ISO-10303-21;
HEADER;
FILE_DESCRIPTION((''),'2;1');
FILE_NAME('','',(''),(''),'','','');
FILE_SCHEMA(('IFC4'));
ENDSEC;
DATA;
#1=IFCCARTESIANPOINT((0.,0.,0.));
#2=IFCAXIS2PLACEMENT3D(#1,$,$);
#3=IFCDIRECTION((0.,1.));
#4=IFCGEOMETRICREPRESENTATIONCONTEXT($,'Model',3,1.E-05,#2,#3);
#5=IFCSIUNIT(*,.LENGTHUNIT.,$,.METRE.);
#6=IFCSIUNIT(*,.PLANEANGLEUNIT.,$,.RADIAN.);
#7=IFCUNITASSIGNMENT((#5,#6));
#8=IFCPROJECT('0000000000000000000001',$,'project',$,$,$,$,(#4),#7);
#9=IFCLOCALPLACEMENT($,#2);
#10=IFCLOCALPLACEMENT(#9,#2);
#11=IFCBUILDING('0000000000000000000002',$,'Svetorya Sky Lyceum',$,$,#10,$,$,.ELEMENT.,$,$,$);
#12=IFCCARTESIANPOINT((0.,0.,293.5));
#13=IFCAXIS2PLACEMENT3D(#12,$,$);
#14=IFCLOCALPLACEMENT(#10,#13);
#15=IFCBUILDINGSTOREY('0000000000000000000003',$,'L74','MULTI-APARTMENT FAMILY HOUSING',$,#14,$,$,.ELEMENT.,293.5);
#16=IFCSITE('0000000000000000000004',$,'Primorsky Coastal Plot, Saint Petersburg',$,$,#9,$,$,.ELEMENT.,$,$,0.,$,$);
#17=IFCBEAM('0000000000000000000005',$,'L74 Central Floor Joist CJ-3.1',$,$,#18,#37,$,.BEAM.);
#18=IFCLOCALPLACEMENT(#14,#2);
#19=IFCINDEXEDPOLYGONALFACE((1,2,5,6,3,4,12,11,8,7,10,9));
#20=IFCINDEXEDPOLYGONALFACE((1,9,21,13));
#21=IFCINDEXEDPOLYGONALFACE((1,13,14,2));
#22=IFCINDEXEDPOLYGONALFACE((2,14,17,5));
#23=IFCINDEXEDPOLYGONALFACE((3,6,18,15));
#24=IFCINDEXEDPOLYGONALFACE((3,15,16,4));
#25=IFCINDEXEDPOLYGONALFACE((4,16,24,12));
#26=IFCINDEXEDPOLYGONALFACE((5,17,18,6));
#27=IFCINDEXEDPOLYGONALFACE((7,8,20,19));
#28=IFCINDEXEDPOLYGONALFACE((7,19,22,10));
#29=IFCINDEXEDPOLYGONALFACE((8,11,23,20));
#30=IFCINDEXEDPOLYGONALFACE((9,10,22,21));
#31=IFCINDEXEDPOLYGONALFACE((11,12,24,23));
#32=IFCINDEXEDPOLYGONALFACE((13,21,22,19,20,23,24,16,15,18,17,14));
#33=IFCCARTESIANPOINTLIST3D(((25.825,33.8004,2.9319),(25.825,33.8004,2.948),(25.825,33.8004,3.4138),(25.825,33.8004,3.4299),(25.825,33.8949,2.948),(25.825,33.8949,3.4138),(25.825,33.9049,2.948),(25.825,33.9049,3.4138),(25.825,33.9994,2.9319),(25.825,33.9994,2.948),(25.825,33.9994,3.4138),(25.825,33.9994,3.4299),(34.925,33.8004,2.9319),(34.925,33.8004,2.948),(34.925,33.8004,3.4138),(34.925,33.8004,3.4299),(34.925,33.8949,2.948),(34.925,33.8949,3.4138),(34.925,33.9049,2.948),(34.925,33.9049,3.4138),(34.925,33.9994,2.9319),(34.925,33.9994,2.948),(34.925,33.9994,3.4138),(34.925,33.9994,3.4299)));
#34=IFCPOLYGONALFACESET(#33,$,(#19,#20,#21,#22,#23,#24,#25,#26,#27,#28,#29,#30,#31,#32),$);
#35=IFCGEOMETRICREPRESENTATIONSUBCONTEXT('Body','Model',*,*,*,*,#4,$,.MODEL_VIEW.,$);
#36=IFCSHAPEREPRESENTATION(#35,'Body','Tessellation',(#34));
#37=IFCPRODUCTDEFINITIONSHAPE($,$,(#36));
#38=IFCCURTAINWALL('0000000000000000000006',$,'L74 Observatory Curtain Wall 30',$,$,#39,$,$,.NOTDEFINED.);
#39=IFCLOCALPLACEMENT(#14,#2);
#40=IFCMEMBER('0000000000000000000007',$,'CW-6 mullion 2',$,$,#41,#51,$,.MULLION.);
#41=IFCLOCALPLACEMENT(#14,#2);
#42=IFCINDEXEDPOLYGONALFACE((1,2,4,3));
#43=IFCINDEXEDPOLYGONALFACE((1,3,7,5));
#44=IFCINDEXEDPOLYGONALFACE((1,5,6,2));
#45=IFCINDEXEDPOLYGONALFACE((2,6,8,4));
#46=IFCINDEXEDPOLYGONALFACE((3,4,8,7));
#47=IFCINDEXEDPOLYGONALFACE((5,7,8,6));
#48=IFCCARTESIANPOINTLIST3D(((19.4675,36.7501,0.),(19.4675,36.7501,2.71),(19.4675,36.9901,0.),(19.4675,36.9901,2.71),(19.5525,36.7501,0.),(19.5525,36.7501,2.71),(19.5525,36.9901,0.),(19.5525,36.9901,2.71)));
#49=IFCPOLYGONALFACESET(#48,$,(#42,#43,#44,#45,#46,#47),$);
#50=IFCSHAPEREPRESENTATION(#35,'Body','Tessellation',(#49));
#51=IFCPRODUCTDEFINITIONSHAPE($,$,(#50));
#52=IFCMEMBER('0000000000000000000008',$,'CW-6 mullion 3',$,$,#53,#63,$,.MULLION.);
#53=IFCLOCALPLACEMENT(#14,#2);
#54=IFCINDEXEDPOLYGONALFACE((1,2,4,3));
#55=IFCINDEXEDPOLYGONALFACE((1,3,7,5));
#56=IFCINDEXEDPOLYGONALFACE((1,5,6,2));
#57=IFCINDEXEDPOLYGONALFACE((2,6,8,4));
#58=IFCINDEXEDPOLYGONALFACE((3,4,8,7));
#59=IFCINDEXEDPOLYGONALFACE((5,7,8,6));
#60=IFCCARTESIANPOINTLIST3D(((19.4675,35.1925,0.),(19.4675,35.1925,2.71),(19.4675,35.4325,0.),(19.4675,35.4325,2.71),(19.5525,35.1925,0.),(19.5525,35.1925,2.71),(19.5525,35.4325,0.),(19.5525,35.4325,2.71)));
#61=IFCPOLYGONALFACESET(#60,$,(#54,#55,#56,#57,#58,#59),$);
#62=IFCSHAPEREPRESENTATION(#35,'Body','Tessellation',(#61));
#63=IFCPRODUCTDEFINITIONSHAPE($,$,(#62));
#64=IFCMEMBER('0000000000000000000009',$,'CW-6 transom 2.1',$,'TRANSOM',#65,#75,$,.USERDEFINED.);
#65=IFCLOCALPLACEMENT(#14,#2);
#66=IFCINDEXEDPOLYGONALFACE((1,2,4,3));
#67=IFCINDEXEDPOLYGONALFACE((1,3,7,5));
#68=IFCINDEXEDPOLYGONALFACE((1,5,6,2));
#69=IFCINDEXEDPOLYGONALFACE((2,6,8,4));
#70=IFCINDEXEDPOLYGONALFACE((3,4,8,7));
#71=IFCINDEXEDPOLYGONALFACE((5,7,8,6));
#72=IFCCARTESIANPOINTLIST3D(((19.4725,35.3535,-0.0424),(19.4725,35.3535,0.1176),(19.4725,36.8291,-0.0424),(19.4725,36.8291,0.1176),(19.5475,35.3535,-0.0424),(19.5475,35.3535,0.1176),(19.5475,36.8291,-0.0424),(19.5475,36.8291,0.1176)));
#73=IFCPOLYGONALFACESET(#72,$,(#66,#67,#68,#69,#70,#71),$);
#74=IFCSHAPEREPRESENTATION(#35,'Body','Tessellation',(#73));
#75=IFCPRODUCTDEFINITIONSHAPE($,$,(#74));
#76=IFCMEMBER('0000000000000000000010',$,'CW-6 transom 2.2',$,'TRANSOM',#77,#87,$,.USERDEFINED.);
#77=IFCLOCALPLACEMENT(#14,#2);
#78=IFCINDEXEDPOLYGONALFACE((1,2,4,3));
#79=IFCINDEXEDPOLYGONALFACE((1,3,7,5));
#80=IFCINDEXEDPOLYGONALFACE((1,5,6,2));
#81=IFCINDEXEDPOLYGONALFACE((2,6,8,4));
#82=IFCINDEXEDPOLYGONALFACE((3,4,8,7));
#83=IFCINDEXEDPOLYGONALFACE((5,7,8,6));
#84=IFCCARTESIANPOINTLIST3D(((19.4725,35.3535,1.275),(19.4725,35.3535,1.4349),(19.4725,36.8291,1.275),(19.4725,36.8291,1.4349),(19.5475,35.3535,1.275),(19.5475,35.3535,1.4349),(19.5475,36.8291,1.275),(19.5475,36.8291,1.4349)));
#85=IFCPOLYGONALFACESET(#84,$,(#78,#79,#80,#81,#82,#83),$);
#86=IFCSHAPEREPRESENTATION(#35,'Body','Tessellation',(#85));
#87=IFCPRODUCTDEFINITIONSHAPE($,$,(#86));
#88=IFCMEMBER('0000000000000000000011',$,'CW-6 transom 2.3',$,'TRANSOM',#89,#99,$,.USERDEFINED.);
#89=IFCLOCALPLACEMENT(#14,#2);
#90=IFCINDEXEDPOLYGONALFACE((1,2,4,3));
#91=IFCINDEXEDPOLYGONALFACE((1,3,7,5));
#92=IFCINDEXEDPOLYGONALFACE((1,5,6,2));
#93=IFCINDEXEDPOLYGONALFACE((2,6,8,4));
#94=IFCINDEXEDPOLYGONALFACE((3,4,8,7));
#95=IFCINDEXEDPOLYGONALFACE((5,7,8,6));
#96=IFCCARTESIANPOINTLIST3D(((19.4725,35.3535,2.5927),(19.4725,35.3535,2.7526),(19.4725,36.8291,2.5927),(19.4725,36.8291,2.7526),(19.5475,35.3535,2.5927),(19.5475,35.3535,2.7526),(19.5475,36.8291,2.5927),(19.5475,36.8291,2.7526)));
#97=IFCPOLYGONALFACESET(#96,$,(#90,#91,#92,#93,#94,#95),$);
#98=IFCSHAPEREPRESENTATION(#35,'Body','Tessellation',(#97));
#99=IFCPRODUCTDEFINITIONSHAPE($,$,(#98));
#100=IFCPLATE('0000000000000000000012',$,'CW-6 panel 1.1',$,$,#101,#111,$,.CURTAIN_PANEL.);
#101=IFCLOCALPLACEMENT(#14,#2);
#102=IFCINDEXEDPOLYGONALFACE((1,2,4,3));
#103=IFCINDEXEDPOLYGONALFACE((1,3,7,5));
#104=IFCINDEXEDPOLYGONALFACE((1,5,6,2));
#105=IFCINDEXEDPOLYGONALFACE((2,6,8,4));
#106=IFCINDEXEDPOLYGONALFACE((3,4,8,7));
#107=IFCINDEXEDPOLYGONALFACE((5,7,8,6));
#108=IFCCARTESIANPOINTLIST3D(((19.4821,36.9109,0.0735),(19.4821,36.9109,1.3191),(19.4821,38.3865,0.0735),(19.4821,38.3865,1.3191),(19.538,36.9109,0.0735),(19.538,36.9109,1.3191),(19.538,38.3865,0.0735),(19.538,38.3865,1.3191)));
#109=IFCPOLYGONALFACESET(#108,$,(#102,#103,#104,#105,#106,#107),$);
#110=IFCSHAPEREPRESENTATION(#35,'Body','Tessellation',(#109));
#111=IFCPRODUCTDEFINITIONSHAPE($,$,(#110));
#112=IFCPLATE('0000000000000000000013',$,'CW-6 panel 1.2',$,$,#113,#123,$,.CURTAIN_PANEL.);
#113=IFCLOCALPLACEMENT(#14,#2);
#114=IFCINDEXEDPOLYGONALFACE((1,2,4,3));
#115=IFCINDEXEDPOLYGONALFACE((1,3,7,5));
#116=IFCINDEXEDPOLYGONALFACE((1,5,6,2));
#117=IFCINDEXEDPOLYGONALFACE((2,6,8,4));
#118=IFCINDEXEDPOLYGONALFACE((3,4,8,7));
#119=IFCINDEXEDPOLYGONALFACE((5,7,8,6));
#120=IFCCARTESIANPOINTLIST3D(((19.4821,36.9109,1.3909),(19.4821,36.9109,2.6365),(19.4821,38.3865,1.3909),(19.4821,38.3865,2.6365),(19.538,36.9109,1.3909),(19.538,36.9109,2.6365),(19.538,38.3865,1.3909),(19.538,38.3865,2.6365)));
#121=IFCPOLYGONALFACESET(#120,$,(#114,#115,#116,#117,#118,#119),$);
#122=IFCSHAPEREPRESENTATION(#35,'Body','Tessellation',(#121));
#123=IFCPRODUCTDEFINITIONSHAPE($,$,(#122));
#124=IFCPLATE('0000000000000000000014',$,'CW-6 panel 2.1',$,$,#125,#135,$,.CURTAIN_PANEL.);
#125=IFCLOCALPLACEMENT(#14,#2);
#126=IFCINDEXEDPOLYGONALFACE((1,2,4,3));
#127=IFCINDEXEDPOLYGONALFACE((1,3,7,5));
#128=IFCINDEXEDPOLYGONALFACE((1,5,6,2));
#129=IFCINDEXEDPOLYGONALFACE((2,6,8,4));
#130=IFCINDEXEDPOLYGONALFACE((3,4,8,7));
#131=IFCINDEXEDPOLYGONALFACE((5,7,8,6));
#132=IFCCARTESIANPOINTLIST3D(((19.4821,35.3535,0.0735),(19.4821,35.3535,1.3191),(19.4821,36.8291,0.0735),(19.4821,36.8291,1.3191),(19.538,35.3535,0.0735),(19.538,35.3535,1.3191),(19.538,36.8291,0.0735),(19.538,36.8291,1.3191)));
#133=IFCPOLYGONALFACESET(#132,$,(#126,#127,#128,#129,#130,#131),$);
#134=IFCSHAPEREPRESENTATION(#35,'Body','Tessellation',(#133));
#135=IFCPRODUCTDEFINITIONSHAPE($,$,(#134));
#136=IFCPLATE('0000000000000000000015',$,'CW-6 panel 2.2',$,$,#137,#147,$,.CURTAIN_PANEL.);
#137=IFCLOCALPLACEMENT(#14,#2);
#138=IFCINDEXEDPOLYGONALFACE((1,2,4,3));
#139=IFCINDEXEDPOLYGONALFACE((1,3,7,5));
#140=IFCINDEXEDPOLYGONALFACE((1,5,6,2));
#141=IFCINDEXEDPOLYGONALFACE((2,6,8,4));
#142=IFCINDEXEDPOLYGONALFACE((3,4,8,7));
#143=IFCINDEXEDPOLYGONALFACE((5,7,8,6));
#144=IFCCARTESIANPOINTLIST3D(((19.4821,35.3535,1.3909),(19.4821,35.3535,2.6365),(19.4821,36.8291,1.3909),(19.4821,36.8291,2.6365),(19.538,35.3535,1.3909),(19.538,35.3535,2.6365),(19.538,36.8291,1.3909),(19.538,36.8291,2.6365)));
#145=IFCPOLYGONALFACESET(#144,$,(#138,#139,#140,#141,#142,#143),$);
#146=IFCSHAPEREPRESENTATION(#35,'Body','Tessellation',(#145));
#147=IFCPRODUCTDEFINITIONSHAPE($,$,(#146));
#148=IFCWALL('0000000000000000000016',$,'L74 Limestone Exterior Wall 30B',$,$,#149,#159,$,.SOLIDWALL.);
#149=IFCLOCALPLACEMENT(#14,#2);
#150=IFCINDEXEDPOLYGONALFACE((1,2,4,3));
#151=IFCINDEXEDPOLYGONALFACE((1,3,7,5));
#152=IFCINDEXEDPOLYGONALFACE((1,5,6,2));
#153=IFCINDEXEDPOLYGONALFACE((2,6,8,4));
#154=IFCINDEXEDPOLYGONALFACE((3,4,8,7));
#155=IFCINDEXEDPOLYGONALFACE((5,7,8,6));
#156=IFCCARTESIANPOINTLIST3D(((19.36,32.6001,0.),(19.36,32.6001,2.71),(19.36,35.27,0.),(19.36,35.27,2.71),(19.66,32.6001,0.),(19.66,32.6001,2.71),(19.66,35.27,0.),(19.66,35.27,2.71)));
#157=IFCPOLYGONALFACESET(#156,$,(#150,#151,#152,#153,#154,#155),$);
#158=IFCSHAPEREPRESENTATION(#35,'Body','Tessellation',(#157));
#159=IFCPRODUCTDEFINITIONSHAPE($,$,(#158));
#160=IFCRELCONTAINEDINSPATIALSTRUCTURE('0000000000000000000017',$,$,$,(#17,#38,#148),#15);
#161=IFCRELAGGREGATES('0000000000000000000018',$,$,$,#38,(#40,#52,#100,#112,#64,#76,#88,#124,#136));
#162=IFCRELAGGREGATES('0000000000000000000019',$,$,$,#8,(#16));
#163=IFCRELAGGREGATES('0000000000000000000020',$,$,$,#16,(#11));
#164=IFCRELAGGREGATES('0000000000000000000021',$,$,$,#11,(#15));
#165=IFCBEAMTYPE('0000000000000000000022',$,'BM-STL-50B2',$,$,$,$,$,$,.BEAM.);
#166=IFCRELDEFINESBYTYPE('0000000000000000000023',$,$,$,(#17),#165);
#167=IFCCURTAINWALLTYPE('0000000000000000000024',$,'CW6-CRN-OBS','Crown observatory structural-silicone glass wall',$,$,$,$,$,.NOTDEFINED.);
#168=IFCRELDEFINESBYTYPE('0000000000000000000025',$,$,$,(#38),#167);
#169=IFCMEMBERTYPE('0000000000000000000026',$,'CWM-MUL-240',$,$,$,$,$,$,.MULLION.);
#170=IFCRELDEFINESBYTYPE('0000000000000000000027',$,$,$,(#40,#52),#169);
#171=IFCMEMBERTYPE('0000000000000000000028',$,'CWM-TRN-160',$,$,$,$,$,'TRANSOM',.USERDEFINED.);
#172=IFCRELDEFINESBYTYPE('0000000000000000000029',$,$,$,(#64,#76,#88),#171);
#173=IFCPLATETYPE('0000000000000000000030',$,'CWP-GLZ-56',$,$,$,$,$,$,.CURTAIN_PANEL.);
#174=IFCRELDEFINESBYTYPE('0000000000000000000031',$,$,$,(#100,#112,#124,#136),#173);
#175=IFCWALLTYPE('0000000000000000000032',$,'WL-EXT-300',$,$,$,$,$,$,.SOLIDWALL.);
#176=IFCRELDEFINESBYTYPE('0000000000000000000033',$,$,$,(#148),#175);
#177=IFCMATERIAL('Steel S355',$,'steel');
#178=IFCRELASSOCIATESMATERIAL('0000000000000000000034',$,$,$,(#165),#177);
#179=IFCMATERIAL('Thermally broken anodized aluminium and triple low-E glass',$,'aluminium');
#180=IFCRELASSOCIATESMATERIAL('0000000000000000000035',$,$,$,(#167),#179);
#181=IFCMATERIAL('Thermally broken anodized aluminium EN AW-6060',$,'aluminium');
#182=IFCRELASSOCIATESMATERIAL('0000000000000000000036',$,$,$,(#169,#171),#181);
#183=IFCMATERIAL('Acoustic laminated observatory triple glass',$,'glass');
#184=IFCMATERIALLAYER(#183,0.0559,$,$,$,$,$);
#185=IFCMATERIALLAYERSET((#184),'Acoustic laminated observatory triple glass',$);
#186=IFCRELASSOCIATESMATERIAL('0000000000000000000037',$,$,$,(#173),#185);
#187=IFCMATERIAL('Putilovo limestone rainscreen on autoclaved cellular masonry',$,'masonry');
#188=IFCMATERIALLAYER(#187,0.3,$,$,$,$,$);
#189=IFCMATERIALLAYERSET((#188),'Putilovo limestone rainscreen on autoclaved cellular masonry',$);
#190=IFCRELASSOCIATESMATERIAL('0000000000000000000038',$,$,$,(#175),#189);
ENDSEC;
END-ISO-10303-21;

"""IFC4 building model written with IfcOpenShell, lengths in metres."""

from ifc_helpers import new_model, si_unit, direction, frame, frame_2d, origin, origin_2d, place, context, subcontext, project, spatial, rectangle, i_section, extrude, material, layer, layer_set, material_profile, profile_set, type_object, element, aggregate, save


model = new_model("IFC4")

# Units and contexts
model_context = context("Model", 3, precision=1e-05, world=origin(), true_north=direction((0.0, 1.0)))
body_context = subcontext(model_context, "Body", "Model", "MODEL_VIEW")
ifc_project = project(units=[si_unit("LENGTHUNIT", "METRE"), si_unit("PLANEANGLEUNIT", "RADIAN")], contexts=[model_context])

# Site, building, storey
site_placement = place(None, origin())
site = spatial("IfcSite", under=ifc_project, at=site_placement, Name="Primorsky Coastal Plot, Saint Petersburg", CompositionType="ELEMENT", RefElevation=0.0)
building_placement = place(site_placement, origin())
building = spatial("IfcBuilding", under=site, at=building_placement, Name="Svetorya Sky Lyceum", CompositionType="ELEMENT")
storey_placement = place(building_placement, frame((0.0, 0.0, 293.5)))
storey = spatial("IfcBuildingStorey", under=building, at=storey_placement, Name="L74", Description="MULTI-APARTMENT FAMILY HOUSING", CompositionType="ELEMENT", Elevation=293.5)

# Beam
ifc_material_1 = material(Name="Steel S355", Category="steel")
ifc_material_profile_1 = material_profile(ifc_material_1, i_section(OverallWidth=0.199, OverallDepth=0.498, WebThickness=0.01, FlangeThickness=0.0161, at=origin_2d()), Name="GOST 50B2")
ifc_profile_set_1 = profile_set([ifc_material_profile_1], Name="Steel S355")
beam_type = type_object("IfcBeamType", Name="BM-STL-50B2", PredefinedType="BEAM", material=ifc_profile_set_1)
beam_placement = place(storey_placement, frame((25.825, 33.8999, 3.1809), z_axis=(1.0, 0.0, 0.0), x_axis=(0.0, 1.0, 0.0)))
element("IfcBeam", 1, at=beam_placement, inside=storey, type_object=beam_type, Name="L74 Central Floor Joist CJ-3.1", PredefinedType="BEAM", context=body_context, shape_type="SweptSolid", body=[
    extrude(i_section(OverallWidth=0.199, OverallDepth=0.498, WebThickness=0.01, FlangeThickness=0.0161, at=origin_2d()), origin(), (0.0, 0.0, 1.0), 9.1001),
])

# Curtain wall, members, plates
ifc_material_2 = material(Name="Thermally broken anodized aluminium and triple low-E glass", Category="aluminium")
curtain_wall_type = type_object("IfcCurtainWallType", Name="CW6-CRN-OBS", Description="Crown observatory structural-silicone glass wall", PredefinedType="NOTDEFINED", material=ifc_material_2)
curtain_wall_placement = place(storey_placement, origin())
curtain_wall = element("IfcCurtainWall", 2, at=curtain_wall_placement, inside=storey, type_object=curtain_wall_type, Name="L74 Observatory Curtain Wall 30", PredefinedType="NOTDEFINED")
ifc_material_3 = material(Name="Thermally broken anodized aluminium EN AW-6060", Category="aluminium")
ifc_material_profile_2 = material_profile(ifc_material_3, rectangle(XDim=0.085, YDim=0.24, at=origin_2d()), Name="ALU MULLION 85x240")
ifc_profile_set_2 = profile_set([ifc_material_profile_2], Name="Thermally broken anodized aluminium EN AW-6060")
member_type_1 = type_object("IfcMemberType", Name="CWM-MUL-240", PredefinedType="MULLION", material=ifc_profile_set_2)
member_1_placement = place(storey_placement, frame((19.51, 36.8701, 0.0), z_axis=(0.0, 0.0, 1.0), x_axis=(1.0, 0.0, 0.0)))
member_1 = element("IfcMember", 3, at=member_1_placement, type_object=member_type_1, Name="CW-6 mullion 2", PredefinedType="MULLION", context=body_context, shape_type="SweptSolid", body=[
    extrude(rectangle(XDim=0.085, YDim=0.24, at=origin_2d()), origin(), (0.0, 0.0, 1.0), 2.71),
])
member_2_placement = place(storey_placement, frame((19.51, 35.3125, 0.0), z_axis=(0.0, 0.0, 1.0), x_axis=(1.0, 0.0, 0.0)))
member_2 = element("IfcMember", 4, at=member_2_placement, type_object=member_type_1, Name="CW-6 mullion 3", PredefinedType="MULLION", context=body_context, shape_type="SweptSolid", body=[
    extrude(rectangle(XDim=0.085, YDim=0.24, at=origin_2d()), origin(), (0.0, 0.0, 1.0), 2.71),
])
ifc_material_profile_3 = material_profile(ifc_material_3, rectangle(XDim=0.075, YDim=0.1599, at=origin_2d()), Name="ALU TRANSOM 75x160")
ifc_profile_set_3 = profile_set([ifc_material_profile_3], Name="Thermally broken anodized aluminium EN AW-6060")
member_type_2 = type_object("IfcMemberType", Name="CWM-TRN-160", ElementType="TRANSOM", PredefinedType="USERDEFINED", material=ifc_profile_set_3)
member_3_placement = place(storey_placement, frame((19.51, 36.8291, 0.0376), z_axis=(0.0, -1.0, 0.0), x_axis=(1.0, 0.0, 0.0)))
member_3 = element("IfcMember", 5, at=member_3_placement, type_object=member_type_2, Name="CW-6 transom 2.1", ObjectType="TRANSOM", PredefinedType="USERDEFINED", context=body_context, shape_type="SweptSolid", body=[
    extrude(rectangle(XDim=0.075, YDim=0.1599, at=origin_2d()), origin(), (0.0, 0.0, 1.0), 1.4756),
])
member_4_placement = place(storey_placement, frame((19.51, 36.8291, 1.355), z_axis=(0.0, -1.0, 0.0), x_axis=(1.0, 0.0, 0.0)))
member_4 = element("IfcMember", 6, at=member_4_placement, type_object=member_type_2, Name="CW-6 transom 2.2", ObjectType="TRANSOM", PredefinedType="USERDEFINED", context=body_context, shape_type="SweptSolid", body=[
    extrude(rectangle(XDim=0.075, YDim=0.1599, at=origin_2d()), origin(), (0.0, 0.0, 1.0), 1.4756),
])
member_5_placement = place(storey_placement, frame((19.51, 36.8291, 2.6726), z_axis=(0.0, -1.0, 0.0), x_axis=(1.0, 0.0, 0.0)))
member_5 = element("IfcMember", 7, at=member_5_placement, type_object=member_type_2, Name="CW-6 transom 2.3", ObjectType="TRANSOM", PredefinedType="USERDEFINED", context=body_context, shape_type="SweptSolid", body=[
    extrude(rectangle(XDim=0.075, YDim=0.1599, at=origin_2d()), origin(), (0.0, 0.0, 1.0), 1.4756),
])
ifc_material_4 = material(Name="Acoustic laminated observatory triple glass", Category="glass")
ifc_layer_1 = layer(ifc_material_4, 0.0559)
ifc_layer_set_1 = layer_set([ifc_layer_1], Name="Acoustic laminated observatory triple glass")
plate_type = type_object("IfcPlateType", Name="CWP-GLZ-56", PredefinedType="CURTAIN_PANEL", material=ifc_layer_set_1)
plate_1_placement = place(storey_placement, frame((19.51, 37.6487, 0.0735), z_axis=(0.0, 0.0, 1.0), x_axis=(0.0, -1.0, 0.0)))
plate_1 = element("IfcPlate", 8, at=plate_1_placement, type_object=plate_type, Name="CW-6 panel 1.1", PredefinedType="CURTAIN_PANEL", context=body_context, shape_type="SweptSolid", body=[
    extrude(rectangle(XDim=1.4756, YDim=0.0559, at=origin_2d()), origin(), (0.0, 0.0, 1.0), 1.2456),
])
plate_2_placement = place(storey_placement, frame((19.51, 37.6487, 1.3909), z_axis=(0.0, 0.0, 1.0), x_axis=(0.0, -1.0, 0.0)))
plate_2 = element("IfcPlate", 9, at=plate_2_placement, type_object=plate_type, Name="CW-6 panel 1.2", PredefinedType="CURTAIN_PANEL", context=body_context, shape_type="SweptSolid", body=[
    extrude(rectangle(XDim=1.4756, YDim=0.0559, at=origin_2d()), origin(), (0.0, 0.0, 1.0), 1.2456),
])
plate_3_placement = place(storey_placement, frame((19.51, 36.0913, 0.0735), z_axis=(0.0, 0.0, 1.0), x_axis=(0.0, -1.0, 0.0)))
plate_3 = element("IfcPlate", 10, at=plate_3_placement, type_object=plate_type, Name="CW-6 panel 2.1", PredefinedType="CURTAIN_PANEL", context=body_context, shape_type="SweptSolid", body=[
    extrude(rectangle(XDim=1.4756, YDim=0.0559, at=origin_2d()), origin(), (0.0, 0.0, 1.0), 1.2456),
])
plate_4_placement = place(storey_placement, frame((19.51, 36.0913, 1.3909), z_axis=(0.0, 0.0, 1.0), x_axis=(0.0, -1.0, 0.0)))
plate_4 = element("IfcPlate", 11, at=plate_4_placement, type_object=plate_type, Name="CW-6 panel 2.2", PredefinedType="CURTAIN_PANEL", context=body_context, shape_type="SweptSolid", body=[
    extrude(rectangle(XDim=1.4756, YDim=0.0559, at=origin_2d()), origin(), (0.0, 0.0, 1.0), 1.2456),
])
aggregate(curtain_wall, [member_1, member_2, plate_1, plate_2, member_3, member_4, member_5, plate_3, plate_4])

# Wall
ifc_material_5 = material(Name="Putilovo limestone rainscreen on autoclaved cellular masonry", Category="masonry")
ifc_layer_2 = layer(ifc_material_5, 0.3)
ifc_layer_set_2 = layer_set([ifc_layer_2], Name="Putilovo limestone rainscreen on autoclaved cellular masonry")
wall_type_1 = type_object("IfcWallType", Name="WL-EXT-300", PredefinedType="SOLIDWALL", material=ifc_layer_set_2)
wall_1_placement = place(storey_placement, frame((19.51, 35.27, 0.0), z_axis=(0.0, 0.0, 1.0), x_axis=(0.0, -1.0, 0.0)))
element("IfcWall", 12, at=wall_1_placement, inside=storey, type_object=wall_type_1, Name="L74 Limestone Exterior Wall 30B", PredefinedType="SOLIDWALL", context=body_context, shape_type="SweptSolid", body=[
    extrude(rectangle(XDim=2.6699, YDim=0.3, at=frame_2d((1.335, 0.0))), origin(), (0.0, 0.0, 1.0), 2.71),
])

save(model, "model.ifc")
